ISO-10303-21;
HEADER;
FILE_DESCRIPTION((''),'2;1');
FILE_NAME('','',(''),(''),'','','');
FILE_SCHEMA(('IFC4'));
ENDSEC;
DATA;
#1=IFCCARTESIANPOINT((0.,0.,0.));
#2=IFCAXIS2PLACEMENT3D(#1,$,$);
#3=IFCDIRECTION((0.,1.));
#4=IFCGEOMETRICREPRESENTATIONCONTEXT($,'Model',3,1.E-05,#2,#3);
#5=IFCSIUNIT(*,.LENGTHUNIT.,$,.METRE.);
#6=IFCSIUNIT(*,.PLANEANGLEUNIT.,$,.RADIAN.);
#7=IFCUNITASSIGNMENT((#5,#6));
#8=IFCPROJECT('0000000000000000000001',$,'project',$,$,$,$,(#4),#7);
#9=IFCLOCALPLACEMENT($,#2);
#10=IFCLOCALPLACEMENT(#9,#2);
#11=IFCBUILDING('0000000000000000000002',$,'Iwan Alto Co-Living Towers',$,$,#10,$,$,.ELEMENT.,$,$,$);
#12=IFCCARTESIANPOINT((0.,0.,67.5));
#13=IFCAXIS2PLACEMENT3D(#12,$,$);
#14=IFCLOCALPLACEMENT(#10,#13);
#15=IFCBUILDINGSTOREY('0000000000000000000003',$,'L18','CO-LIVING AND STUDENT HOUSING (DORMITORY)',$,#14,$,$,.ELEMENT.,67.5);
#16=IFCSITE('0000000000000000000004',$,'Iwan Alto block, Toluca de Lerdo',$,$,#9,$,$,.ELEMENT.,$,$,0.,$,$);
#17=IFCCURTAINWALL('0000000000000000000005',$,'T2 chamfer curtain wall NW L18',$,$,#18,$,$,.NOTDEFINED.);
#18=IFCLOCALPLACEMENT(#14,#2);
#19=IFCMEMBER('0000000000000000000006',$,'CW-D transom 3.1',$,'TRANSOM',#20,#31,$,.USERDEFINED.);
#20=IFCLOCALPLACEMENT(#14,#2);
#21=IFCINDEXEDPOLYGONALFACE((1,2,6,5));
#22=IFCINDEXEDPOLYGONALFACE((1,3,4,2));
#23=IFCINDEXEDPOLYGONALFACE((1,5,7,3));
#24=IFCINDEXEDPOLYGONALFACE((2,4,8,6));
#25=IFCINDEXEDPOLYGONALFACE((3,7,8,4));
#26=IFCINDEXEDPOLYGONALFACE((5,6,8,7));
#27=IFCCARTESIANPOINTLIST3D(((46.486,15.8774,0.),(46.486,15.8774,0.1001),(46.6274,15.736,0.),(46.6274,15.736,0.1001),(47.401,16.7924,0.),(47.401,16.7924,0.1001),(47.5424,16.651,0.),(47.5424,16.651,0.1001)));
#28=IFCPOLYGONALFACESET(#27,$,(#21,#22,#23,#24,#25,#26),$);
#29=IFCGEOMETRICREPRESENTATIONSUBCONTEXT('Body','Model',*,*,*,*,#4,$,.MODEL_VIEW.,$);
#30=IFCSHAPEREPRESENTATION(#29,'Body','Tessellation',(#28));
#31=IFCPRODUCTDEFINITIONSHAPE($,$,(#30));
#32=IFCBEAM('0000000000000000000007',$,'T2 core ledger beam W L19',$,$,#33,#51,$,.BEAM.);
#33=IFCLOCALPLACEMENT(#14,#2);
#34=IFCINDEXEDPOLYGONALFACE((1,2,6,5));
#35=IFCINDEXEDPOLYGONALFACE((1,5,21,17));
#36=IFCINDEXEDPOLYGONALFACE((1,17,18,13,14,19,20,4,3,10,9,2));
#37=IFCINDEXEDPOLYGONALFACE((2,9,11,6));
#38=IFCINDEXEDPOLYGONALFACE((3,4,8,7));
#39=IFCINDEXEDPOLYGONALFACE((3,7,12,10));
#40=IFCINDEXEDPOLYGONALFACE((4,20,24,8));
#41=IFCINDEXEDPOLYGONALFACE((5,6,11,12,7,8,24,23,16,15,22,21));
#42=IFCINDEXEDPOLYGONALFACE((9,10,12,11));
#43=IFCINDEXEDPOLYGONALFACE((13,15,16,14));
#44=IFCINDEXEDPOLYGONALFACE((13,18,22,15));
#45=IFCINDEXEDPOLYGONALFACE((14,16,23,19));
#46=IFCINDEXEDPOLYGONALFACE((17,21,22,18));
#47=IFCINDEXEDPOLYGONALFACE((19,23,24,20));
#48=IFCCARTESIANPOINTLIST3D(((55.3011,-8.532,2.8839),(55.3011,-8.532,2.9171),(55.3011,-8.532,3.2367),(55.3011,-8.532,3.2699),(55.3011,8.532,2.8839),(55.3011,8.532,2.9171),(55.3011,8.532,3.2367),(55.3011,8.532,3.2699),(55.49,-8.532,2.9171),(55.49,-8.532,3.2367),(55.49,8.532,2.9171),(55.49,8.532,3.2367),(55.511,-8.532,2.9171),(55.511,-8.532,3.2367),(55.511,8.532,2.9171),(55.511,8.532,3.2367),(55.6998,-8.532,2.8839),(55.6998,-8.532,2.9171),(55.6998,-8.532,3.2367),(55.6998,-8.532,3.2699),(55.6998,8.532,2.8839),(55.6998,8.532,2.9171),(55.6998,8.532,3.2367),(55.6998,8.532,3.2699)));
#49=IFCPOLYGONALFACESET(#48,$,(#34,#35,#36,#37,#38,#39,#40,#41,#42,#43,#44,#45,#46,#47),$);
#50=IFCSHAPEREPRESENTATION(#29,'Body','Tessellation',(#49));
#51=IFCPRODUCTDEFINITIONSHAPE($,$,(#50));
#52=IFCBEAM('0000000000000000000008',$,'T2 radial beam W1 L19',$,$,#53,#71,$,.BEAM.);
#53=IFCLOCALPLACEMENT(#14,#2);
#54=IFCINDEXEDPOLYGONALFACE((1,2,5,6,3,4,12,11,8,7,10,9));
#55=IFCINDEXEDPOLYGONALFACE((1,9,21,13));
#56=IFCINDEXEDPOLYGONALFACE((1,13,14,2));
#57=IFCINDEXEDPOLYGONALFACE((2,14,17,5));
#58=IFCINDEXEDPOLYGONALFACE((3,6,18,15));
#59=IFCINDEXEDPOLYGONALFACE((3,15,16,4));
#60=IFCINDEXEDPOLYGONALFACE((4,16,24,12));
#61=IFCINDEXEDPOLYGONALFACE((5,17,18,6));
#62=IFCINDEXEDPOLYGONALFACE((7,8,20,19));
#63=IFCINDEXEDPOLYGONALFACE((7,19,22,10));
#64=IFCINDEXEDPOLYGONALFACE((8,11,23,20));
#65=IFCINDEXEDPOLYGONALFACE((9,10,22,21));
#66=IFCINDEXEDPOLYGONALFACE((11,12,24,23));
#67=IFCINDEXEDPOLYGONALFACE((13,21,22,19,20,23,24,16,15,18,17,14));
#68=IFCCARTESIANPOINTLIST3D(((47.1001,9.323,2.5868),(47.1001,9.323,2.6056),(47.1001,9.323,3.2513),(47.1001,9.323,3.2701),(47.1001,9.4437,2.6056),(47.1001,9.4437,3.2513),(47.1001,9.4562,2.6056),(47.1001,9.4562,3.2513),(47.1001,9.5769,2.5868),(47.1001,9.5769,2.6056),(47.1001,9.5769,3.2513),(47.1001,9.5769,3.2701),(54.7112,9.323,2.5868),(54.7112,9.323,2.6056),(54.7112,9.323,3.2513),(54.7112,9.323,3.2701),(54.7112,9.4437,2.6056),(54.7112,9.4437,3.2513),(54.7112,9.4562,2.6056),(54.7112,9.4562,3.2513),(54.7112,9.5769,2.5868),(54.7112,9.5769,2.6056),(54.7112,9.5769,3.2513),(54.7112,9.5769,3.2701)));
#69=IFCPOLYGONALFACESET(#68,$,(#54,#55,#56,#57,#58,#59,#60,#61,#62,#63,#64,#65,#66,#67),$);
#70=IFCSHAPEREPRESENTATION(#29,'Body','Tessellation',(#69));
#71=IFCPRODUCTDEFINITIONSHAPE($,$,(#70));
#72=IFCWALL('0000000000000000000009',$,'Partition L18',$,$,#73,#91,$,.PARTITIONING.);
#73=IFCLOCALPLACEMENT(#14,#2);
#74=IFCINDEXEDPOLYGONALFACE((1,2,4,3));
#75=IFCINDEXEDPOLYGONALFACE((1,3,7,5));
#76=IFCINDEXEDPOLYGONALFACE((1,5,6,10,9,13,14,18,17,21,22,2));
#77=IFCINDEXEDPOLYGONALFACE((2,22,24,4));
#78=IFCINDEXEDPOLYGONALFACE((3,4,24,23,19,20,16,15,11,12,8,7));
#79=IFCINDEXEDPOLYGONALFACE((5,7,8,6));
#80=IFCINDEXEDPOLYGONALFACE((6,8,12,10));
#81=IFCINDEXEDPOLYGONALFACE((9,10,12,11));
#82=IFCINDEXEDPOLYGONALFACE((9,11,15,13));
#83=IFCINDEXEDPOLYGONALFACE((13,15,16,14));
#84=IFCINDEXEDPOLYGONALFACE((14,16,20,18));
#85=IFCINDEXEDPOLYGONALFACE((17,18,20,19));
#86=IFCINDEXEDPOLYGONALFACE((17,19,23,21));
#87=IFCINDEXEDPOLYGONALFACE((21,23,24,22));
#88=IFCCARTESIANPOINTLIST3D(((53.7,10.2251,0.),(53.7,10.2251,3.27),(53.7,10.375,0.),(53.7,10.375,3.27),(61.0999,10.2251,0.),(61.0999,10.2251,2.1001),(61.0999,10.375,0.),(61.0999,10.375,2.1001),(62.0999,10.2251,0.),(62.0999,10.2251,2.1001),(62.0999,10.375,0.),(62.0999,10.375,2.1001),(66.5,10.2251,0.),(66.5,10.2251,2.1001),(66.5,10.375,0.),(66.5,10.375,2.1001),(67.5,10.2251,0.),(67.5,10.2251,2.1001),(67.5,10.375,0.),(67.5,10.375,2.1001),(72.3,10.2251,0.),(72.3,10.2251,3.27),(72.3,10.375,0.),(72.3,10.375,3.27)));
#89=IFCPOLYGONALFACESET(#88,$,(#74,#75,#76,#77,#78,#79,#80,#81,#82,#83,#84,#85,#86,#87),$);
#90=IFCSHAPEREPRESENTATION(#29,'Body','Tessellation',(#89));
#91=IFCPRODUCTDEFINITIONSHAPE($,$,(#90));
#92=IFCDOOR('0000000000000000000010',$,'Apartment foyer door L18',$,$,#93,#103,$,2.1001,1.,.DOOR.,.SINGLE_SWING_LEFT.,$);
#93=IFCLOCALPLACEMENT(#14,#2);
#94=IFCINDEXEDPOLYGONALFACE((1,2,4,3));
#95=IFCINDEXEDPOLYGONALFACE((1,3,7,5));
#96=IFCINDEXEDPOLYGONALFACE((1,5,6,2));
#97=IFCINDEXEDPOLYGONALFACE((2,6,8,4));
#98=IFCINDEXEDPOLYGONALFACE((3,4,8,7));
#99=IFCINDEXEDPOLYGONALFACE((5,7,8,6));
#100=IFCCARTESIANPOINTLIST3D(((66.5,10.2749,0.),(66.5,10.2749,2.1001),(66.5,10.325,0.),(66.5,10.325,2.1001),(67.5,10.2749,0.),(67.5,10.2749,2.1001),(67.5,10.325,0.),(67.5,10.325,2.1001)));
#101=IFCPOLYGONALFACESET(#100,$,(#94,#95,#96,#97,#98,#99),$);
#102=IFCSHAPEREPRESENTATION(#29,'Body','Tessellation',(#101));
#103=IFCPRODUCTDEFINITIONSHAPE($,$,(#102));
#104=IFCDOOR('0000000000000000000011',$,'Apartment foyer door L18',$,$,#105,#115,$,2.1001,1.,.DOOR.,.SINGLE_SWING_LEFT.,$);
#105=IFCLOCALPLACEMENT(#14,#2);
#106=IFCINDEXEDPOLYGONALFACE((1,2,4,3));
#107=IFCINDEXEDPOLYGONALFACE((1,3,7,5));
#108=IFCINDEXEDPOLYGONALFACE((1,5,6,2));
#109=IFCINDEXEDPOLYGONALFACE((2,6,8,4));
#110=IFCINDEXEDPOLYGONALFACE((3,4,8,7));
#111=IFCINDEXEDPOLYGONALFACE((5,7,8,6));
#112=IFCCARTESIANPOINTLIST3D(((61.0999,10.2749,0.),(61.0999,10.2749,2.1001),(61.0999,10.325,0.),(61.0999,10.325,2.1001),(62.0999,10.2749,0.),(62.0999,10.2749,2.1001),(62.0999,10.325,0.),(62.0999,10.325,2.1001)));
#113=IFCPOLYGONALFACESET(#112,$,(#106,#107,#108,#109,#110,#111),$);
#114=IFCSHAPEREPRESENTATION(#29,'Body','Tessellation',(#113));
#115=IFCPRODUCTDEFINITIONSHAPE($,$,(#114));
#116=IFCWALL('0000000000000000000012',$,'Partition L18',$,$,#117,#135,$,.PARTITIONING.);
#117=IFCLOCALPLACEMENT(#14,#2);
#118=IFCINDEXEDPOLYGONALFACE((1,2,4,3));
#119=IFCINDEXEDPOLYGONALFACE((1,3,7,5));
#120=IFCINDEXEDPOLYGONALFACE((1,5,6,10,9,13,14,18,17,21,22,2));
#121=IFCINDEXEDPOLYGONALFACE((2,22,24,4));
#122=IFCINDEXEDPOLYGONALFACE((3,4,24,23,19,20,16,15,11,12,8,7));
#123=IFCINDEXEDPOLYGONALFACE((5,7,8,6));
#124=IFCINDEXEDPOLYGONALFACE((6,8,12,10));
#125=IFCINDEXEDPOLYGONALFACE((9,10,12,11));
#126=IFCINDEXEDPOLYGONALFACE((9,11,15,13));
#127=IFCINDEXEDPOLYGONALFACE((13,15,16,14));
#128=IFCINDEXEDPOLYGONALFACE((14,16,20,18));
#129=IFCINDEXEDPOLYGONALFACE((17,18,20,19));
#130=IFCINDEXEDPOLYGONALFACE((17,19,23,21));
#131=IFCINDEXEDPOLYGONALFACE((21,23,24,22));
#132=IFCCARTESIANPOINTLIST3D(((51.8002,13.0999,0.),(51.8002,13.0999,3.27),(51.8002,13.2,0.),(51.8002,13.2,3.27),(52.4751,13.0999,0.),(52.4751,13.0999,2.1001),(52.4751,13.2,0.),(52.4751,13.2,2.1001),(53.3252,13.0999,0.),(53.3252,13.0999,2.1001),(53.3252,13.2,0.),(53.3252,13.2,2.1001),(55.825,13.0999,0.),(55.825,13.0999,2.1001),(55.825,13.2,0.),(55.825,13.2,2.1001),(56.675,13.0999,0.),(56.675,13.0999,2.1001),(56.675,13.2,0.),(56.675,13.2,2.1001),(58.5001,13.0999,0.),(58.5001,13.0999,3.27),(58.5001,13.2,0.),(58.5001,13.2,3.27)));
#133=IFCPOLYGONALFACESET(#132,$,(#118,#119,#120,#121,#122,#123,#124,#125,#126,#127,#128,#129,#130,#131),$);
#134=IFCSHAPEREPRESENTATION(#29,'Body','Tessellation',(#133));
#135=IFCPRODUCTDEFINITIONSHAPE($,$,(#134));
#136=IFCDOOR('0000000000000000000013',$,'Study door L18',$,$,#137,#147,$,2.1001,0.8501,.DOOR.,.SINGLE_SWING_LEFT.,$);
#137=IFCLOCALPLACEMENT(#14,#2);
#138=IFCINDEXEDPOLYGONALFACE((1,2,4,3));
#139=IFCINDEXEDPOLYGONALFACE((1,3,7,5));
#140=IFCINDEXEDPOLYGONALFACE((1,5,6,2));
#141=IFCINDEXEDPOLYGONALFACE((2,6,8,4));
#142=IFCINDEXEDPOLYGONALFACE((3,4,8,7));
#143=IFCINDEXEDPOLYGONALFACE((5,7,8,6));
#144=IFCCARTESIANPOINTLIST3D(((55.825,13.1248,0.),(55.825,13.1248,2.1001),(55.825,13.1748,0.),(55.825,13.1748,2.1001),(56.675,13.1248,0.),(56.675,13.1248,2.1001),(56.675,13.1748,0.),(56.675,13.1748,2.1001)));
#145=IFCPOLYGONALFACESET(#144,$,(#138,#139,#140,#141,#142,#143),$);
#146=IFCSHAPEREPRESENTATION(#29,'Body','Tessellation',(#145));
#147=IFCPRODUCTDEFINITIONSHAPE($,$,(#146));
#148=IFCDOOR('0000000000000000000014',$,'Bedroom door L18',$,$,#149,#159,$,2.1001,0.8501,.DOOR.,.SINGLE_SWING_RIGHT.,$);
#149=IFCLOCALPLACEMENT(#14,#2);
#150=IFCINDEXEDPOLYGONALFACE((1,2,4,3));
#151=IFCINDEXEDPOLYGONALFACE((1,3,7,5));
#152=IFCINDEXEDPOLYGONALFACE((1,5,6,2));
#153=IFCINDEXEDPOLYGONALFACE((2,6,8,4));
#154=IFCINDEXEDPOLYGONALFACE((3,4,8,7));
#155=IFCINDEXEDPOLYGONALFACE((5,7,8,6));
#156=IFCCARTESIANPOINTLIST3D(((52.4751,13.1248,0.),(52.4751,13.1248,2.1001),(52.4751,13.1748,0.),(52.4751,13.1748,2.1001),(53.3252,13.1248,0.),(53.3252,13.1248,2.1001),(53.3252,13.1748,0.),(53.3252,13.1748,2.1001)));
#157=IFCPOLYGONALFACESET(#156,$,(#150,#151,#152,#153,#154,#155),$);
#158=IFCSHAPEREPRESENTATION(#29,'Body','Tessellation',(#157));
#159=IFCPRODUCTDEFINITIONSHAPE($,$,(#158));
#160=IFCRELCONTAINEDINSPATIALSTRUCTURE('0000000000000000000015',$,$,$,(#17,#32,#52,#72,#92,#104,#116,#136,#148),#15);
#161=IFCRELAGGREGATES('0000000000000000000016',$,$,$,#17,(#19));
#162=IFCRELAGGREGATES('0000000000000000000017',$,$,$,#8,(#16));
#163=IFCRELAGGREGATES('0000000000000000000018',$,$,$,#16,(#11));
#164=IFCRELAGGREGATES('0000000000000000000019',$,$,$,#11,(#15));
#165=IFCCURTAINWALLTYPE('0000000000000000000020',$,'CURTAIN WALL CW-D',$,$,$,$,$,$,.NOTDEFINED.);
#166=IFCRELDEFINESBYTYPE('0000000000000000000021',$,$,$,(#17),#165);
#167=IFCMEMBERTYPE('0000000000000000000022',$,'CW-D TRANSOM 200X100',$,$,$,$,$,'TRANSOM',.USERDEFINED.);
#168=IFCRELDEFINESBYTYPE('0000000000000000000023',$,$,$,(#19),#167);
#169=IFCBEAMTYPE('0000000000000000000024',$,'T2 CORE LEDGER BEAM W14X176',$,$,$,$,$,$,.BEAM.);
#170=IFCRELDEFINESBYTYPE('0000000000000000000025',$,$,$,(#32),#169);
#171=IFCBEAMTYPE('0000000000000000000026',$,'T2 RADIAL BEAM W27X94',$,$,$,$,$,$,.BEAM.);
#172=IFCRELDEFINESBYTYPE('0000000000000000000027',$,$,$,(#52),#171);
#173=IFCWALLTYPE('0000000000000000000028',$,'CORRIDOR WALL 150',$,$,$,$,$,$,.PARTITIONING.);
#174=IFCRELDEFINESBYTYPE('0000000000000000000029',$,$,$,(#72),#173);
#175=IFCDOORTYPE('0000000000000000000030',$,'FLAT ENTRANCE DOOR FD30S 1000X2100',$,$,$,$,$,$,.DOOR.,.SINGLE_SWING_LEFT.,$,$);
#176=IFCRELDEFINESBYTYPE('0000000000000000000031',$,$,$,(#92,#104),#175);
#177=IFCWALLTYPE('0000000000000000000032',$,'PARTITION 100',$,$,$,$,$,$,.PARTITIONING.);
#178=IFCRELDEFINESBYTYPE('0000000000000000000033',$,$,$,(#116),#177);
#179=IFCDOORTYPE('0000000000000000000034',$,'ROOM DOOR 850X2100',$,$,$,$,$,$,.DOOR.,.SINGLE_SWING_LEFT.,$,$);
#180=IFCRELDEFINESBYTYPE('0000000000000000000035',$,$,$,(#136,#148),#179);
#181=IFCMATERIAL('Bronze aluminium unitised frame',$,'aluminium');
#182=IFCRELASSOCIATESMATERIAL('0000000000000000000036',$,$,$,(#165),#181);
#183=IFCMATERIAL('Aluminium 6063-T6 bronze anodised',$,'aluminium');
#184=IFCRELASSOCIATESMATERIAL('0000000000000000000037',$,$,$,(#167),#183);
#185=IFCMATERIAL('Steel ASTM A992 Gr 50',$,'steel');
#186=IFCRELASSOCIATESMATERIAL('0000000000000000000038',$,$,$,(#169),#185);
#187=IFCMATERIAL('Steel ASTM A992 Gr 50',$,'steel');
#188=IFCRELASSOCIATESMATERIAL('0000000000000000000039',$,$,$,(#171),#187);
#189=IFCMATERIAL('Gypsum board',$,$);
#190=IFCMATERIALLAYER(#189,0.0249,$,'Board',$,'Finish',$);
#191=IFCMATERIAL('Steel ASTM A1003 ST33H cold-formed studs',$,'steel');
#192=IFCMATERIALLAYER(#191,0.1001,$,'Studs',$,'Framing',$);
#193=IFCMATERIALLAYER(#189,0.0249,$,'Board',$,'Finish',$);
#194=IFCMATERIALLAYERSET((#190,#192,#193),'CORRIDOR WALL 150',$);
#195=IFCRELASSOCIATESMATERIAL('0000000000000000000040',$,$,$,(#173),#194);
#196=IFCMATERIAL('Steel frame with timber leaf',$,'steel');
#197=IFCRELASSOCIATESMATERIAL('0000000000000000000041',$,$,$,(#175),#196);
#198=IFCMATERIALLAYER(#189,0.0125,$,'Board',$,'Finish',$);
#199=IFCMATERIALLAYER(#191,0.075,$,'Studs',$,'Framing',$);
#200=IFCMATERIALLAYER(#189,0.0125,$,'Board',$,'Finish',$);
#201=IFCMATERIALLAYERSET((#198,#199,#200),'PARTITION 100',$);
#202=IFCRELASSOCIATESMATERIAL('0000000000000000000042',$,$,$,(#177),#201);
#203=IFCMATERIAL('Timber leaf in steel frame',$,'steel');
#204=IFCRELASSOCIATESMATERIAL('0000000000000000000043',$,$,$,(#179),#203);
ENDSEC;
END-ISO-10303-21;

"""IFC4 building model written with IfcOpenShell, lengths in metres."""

from ifc_helpers import new_model, si_unit, direction, frame, frame_2d, origin, origin_2d, place, context, subcontext, project, spatial, rectangle, i_section, extrude, material, layer, layer_set, material_profile, profile_set, type_object, element, fill, aggregate, save


model = new_model("IFC4")

# Units and contexts
model_context = context("Model", 3, precision=1e-05, world=origin(), true_north=direction((0.0, 1.0)))
body_context = subcontext(model_context, "Body", "Model", "MODEL_VIEW")
ifc_project = project(units=[si_unit("LENGTHUNIT", "METRE"), si_unit("PLANEANGLEUNIT", "RADIAN")], contexts=[model_context])

# Site, building, storey
site_placement = place(None, origin())
site = spatial("IfcSite", under=ifc_project, at=site_placement, Name="Iwan Alto block, Toluca de Lerdo", CompositionType="ELEMENT", RefElevation=0.0)
building_placement = place(site_placement, origin())
building = spatial("IfcBuilding", under=site, at=building_placement, Name="Iwan Alto Co-Living Towers", CompositionType="ELEMENT")
storey_placement = place(building_placement, frame((0.0, 0.0, 67.5)))
storey = spatial("IfcBuildingStorey", under=building, at=storey_placement, Name="L18", Description="CO-LIVING AND STUDENT HOUSING (DORMITORY)", CompositionType="ELEMENT", Elevation=67.5)

# Curtain wall, member
ifc_material_1 = material(Name="Bronze aluminium unitised frame", Category="aluminium")
curtain_wall_type = type_object("IfcCurtainWallType", Name="CURTAIN WALL CW-D", PredefinedType="NOTDEFINED", material=ifc_material_1)
curtain_wall_placement = place(storey_placement, origin())
curtain_wall = element("IfcCurtainWall", 1, at=curtain_wall_placement, inside=storey, type_object=curtain_wall_type, Name="T2 chamfer curtain wall NW L18", PredefinedType="NOTDEFINED")
ifc_material_2 = material(Name="Aluminium 6063-T6 bronze anodised", Category="aluminium")
ifc_material_profile_1 = material_profile(ifc_material_2, rectangle(XDim=0.2, YDim=0.1001, at=origin_2d()), Name="AL 200X100")
ifc_profile_set_1 = profile_set([ifc_material_profile_1], Name="Aluminium 6063-T6 bronze anodised")
member_type = type_object("IfcMemberType", Name="CW-D TRANSOM 200X100", ElementType="TRANSOM", PredefinedType="USERDEFINED", material=ifc_profile_set_1)
member_placement = place(storey_placement, frame((47.4717, 16.7217, 0.05), z_axis=(-0.707107, -0.707107, 0.0), x_axis=(0.707107, -0.707107, 0.0)))
member = element("IfcMember", 2, at=member_placement, type_object=member_type, Name="CW-D transom 3.1", ObjectType="TRANSOM", PredefinedType="USERDEFINED", context=body_context, shape_type="SweptSolid", body=[
    extrude(rectangle(XDim=0.2, YDim=0.1001, at=origin_2d()), origin(), (0.0, 0.0, 1.0), 1.2939),
])
aggregate(curtain_wall, [member])

# Beams
ifc_material_3 = material(Name="Steel ASTM A992 Gr 50", Category="steel")
ifc_material_profile_2 = material_profile(ifc_material_3, i_section(OverallWidth=0.3987, OverallDepth=0.386, WebThickness=0.021, FlangeThickness=0.0332, at=origin_2d()), Name="W14X176")
ifc_profile_set_2 = profile_set([ifc_material_profile_2], Name="Steel ASTM A992 Gr 50")
beam_type_1 = type_object("IfcBeamType", Name="T2 CORE LEDGER BEAM W14X176", PredefinedType="BEAM", material=ifc_profile_set_2)
beam_1_placement = place(storey_placement, frame((55.5005, 8.532, 3.0769), z_axis=(0.0, -1.0, 0.0), x_axis=(1.0, 0.0, 0.0)))
element("IfcBeam", 3, at=beam_1_placement, inside=storey, type_object=beam_type_1, Name="T2 core ledger beam W L19", PredefinedType="BEAM", context=body_context, shape_type="SweptSolid", body=[
    extrude(i_section(OverallWidth=0.3987, OverallDepth=0.386, WebThickness=0.021, FlangeThickness=0.0332, at=origin_2d()), origin(), (0.0, 0.0, 1.0), 17.064),
])
ifc_material_4 = material(Name="Steel ASTM A992 Gr 50", Category="steel")
ifc_material_profile_3 = material_profile(ifc_material_4, i_section(OverallWidth=0.2539, OverallDepth=0.6833, WebThickness=0.0125, FlangeThickness=0.0188, at=origin_2d()), Name="W27X94")
ifc_profile_set_3 = profile_set([ifc_material_profile_3], Name="Steel ASTM A992 Gr 50")
beam_type_2 = type_object("IfcBeamType", Name="T2 RADIAL BEAM W27X94", PredefinedType="BEAM", material=ifc_profile_set_3)
beam_2_placement = place(storey_placement, frame((47.1001, 9.45, 2.9285), z_axis=(1.0, 0.0, 0.0), x_axis=(0.0, 1.0, 0.0)))
element("IfcBeam", 4, at=beam_2_placement, inside=storey, type_object=beam_type_2, Name="T2 radial beam W1 L19", PredefinedType="BEAM", context=body_context, shape_type="SweptSolid", body=[
    extrude(i_section(OverallWidth=0.2539, OverallDepth=0.6833, WebThickness=0.0125, FlangeThickness=0.0188, at=origin_2d()), origin(), (0.0, 0.0, 1.0), 7.6111),
])

# Walls, openings, doors
ifc_material_5 = material(Name="Gypsum board")
ifc_layer_1 = layer(ifc_material_5, 0.0249, Name="Board", Category="Finish")
ifc_material_6 = material(Name="Steel ASTM A1003 ST33H cold-formed studs", Category="steel")
ifc_layer_2 = layer(ifc_material_6, 0.1001, Name="Studs", Category="Framing")
ifc_layer_3 = layer(ifc_material_5, 0.0249, Name="Board", Category="Finish")
ifc_layer_set_1 = layer_set([ifc_layer_1, ifc_layer_2, ifc_layer_3], Name="CORRIDOR WALL 150")
wall_type_1 = type_object("IfcWallType", Name="CORRIDOR WALL 150", PredefinedType="PARTITIONING", material=ifc_layer_set_1)
wall_1_placement = place(storey_placement, frame((53.7, 10.3, 0.0), z_axis=(0.0, 0.0, 1.0), x_axis=(1.0, 0.0, 0.0)))
wall_1 = element("IfcWall", 5, at=wall_1_placement, inside=storey, type_object=wall_type_1, Name="Partition L18", PredefinedType="PARTITIONING", context=body_context, shape_type="SweptSolid", body=[
    extrude(rectangle(XDim=18.6001, YDim=0.1499, at=frame_2d((9.3, 0.0))), origin(), (0.0, 0.0, 1.0), 3.27),
])
opening_1_placement = place(wall_1_placement, frame((12.8, 0.0, 0.0)))
opening_1 = element("IfcOpeningElement", 6, at=opening_1_placement, cuts=wall_1, PredefinedType="OPENING", context=body_context, shape_type="SweptSolid", body=[
    extrude(rectangle(XDim=1.0, YDim=2.1001, at=frame_2d((0.5, 1.05))), frame((0.0, 0.085, 0.0), z_axis=(0.0, -1.0, 0.0), x_axis=(1.0, 0.0, 0.0)), (0.0, 0.0, 1.0), 0.1699),
])
opening_2_placement = place(wall_1_placement, frame((7.3999, 0.0, 0.0)))
opening_2 = element("IfcOpeningElement", 7, at=opening_2_placement, cuts=wall_1, PredefinedType="OPENING", context=body_context, shape_type="SweptSolid", body=[
    extrude(rectangle(XDim=1.0, YDim=2.1001, at=frame_2d((0.5, 1.05))), frame((0.0, 0.085, 0.0), z_axis=(0.0, -1.0, 0.0), x_axis=(1.0, 0.0, 0.0)), (0.0, 0.0, 1.0), 0.1699),
])
ifc_material_7 = material(Name="Steel frame with timber leaf", Category="steel")
door_type_1 = type_object("IfcDoorType", Name="FLAT ENTRANCE DOOR FD30S 1000X2100", OperationType="SINGLE_SWING_LEFT", PredefinedType="DOOR", material=ifc_material_7)
door_1_placement = place(opening_1_placement, origin())
door_1 = element("IfcDoor", 8, at=door_1_placement, inside=storey, type_object=door_type_1, Name="Apartment foyer door L18", OperationType="SINGLE_SWING_LEFT", OverallHeight=2.1001, OverallWidth=1.0, PredefinedType="DOOR", context=body_context, shape_type="SweptSolid", body=[
    extrude(rectangle(XDim=1.0, YDim=2.1001, at=frame_2d((0.5, 1.05))), frame((0.0, 0.0249, 0.0), z_axis=(0.0, -1.0, 0.0), x_axis=(1.0, 0.0, 0.0)), (0.0, 0.0, 1.0), 0.05),
])
fill(opening_1, door_1)
door_2_placement = place(opening_2_placement, origin())
door_2 = element("IfcDoor", 9, at=door_2_placement, inside=storey, type_object=door_type_1, Name="Apartment foyer door L18", OperationType="SINGLE_SWING_LEFT", OverallHeight=2.1001, OverallWidth=1.0, PredefinedType="DOOR", context=body_context, shape_type="SweptSolid", body=[
    extrude(rectangle(XDim=1.0, YDim=2.1001, at=frame_2d((0.5, 1.05))), frame((0.0, 0.0249, 0.0), z_axis=(0.0, -1.0, 0.0), x_axis=(1.0, 0.0, 0.0)), (0.0, 0.0, 1.0), 0.05),
])
fill(opening_2, door_2)
ifc_layer_4 = layer(ifc_material_5, 0.0125, Name="Board", Category="Finish")
ifc_layer_5 = layer(ifc_material_6, 0.075, Name="Studs", Category="Framing")
ifc_layer_6 = layer(ifc_material_5, 0.0125, Name="Board", Category="Finish")
ifc_layer_set_2 = layer_set([ifc_layer_4, ifc_layer_5, ifc_layer_6], Name="PARTITION 100")
wall_type_2 = type_object("IfcWallType", Name="PARTITION 100", PredefinedType="PARTITIONING", material=ifc_layer_set_2)
wall_2_placement = place(storey_placement, frame((51.8, 13.1499, 0.0), z_axis=(0.0, 0.0, 1.0), x_axis=(1.0, 0.0, 0.0)))
wall_2 = element("IfcWall", 10, at=wall_2_placement, inside=storey, type_object=wall_type_2, Name="Partition L18", PredefinedType="PARTITIONING", context=body_context, shape_type="SweptSolid", body=[
    extrude(rectangle(XDim=6.7, YDim=0.1001, at=frame_2d((3.3501, 0.0))), origin(), (0.0, 0.0, 1.0), 3.27),
])
opening_3_placement = place(wall_2_placement, frame((4.0249, 0.0, 0.0)))
opening_3 = element("IfcOpeningElement", 11, at=opening_3_placement, cuts=wall_2, PredefinedType="OPENING", context=body_context, shape_type="SweptSolid", body=[
    extrude(rectangle(XDim=0.8501, YDim=2.1001, at=frame_2d((0.425, 1.05))), frame((0.0, 0.0601, 0.0), z_axis=(0.0, -1.0, 0.0), x_axis=(1.0, 0.0, 0.0)), (0.0, 0.0, 1.0), 0.1201),
])
opening_4_placement = place(wall_2_placement, frame((0.675, 0.0, 0.0)))
opening_4 = element("IfcOpeningElement", 12, at=opening_4_placement, cuts=wall_2, PredefinedType="OPENING", context=body_context, shape_type="SweptSolid", body=[
    extrude(rectangle(XDim=0.8501, YDim=2.1001, at=frame_2d((0.425, 1.05))), frame((0.0, 0.0601, 0.0), z_axis=(0.0, -1.0, 0.0), x_axis=(1.0, 0.0, 0.0)), (0.0, 0.0, 1.0), 0.1201),
])
ifc_material_8 = material(Name="Timber leaf in steel frame", Category="steel")
door_type_2 = type_object("IfcDoorType", Name="ROOM DOOR 850X2100", OperationType="SINGLE_SWING_LEFT", PredefinedType="DOOR", material=ifc_material_8)
door_3_placement = place(opening_3_placement, origin())
door_3 = element("IfcDoor", 13, at=door_3_placement, inside=storey, type_object=door_type_2, Name="Study door L18", OperationType="SINGLE_SWING_LEFT", OverallHeight=2.1001, OverallWidth=0.8501, PredefinedType="DOOR", context=body_context, shape_type="SweptSolid", body=[
    extrude(rectangle(XDim=0.8501, YDim=2.1001, at=frame_2d((0.425, 1.05))), frame((0.0, 0.0249, 0.0), z_axis=(0.0, -1.0, 0.0), x_axis=(1.0, 0.0, 0.0)), (0.0, 0.0, 1.0), 0.05),
])
fill(opening_3, door_3)
door_4_placement = place(opening_4_placement, origin())
door_4 = element("IfcDoor", 14, at=door_4_placement, inside=storey, type_object=door_type_2, Name="Bedroom door L18", OperationType="SINGLE_SWING_RIGHT", OverallHeight=2.1001, OverallWidth=0.8501, PredefinedType="DOOR", context=body_context, shape_type="SweptSolid", body=[
    extrude(rectangle(XDim=0.8501, YDim=2.1001, at=frame_2d((0.425, 1.05))), frame((0.0, 0.0249, 0.0), z_axis=(0.0, -1.0, 0.0), x_axis=(1.0, 0.0, 0.0)), (0.0, 0.0, 1.0), 0.05),
])
fill(opening_4, door_4)

save(model, "model.ifc")
